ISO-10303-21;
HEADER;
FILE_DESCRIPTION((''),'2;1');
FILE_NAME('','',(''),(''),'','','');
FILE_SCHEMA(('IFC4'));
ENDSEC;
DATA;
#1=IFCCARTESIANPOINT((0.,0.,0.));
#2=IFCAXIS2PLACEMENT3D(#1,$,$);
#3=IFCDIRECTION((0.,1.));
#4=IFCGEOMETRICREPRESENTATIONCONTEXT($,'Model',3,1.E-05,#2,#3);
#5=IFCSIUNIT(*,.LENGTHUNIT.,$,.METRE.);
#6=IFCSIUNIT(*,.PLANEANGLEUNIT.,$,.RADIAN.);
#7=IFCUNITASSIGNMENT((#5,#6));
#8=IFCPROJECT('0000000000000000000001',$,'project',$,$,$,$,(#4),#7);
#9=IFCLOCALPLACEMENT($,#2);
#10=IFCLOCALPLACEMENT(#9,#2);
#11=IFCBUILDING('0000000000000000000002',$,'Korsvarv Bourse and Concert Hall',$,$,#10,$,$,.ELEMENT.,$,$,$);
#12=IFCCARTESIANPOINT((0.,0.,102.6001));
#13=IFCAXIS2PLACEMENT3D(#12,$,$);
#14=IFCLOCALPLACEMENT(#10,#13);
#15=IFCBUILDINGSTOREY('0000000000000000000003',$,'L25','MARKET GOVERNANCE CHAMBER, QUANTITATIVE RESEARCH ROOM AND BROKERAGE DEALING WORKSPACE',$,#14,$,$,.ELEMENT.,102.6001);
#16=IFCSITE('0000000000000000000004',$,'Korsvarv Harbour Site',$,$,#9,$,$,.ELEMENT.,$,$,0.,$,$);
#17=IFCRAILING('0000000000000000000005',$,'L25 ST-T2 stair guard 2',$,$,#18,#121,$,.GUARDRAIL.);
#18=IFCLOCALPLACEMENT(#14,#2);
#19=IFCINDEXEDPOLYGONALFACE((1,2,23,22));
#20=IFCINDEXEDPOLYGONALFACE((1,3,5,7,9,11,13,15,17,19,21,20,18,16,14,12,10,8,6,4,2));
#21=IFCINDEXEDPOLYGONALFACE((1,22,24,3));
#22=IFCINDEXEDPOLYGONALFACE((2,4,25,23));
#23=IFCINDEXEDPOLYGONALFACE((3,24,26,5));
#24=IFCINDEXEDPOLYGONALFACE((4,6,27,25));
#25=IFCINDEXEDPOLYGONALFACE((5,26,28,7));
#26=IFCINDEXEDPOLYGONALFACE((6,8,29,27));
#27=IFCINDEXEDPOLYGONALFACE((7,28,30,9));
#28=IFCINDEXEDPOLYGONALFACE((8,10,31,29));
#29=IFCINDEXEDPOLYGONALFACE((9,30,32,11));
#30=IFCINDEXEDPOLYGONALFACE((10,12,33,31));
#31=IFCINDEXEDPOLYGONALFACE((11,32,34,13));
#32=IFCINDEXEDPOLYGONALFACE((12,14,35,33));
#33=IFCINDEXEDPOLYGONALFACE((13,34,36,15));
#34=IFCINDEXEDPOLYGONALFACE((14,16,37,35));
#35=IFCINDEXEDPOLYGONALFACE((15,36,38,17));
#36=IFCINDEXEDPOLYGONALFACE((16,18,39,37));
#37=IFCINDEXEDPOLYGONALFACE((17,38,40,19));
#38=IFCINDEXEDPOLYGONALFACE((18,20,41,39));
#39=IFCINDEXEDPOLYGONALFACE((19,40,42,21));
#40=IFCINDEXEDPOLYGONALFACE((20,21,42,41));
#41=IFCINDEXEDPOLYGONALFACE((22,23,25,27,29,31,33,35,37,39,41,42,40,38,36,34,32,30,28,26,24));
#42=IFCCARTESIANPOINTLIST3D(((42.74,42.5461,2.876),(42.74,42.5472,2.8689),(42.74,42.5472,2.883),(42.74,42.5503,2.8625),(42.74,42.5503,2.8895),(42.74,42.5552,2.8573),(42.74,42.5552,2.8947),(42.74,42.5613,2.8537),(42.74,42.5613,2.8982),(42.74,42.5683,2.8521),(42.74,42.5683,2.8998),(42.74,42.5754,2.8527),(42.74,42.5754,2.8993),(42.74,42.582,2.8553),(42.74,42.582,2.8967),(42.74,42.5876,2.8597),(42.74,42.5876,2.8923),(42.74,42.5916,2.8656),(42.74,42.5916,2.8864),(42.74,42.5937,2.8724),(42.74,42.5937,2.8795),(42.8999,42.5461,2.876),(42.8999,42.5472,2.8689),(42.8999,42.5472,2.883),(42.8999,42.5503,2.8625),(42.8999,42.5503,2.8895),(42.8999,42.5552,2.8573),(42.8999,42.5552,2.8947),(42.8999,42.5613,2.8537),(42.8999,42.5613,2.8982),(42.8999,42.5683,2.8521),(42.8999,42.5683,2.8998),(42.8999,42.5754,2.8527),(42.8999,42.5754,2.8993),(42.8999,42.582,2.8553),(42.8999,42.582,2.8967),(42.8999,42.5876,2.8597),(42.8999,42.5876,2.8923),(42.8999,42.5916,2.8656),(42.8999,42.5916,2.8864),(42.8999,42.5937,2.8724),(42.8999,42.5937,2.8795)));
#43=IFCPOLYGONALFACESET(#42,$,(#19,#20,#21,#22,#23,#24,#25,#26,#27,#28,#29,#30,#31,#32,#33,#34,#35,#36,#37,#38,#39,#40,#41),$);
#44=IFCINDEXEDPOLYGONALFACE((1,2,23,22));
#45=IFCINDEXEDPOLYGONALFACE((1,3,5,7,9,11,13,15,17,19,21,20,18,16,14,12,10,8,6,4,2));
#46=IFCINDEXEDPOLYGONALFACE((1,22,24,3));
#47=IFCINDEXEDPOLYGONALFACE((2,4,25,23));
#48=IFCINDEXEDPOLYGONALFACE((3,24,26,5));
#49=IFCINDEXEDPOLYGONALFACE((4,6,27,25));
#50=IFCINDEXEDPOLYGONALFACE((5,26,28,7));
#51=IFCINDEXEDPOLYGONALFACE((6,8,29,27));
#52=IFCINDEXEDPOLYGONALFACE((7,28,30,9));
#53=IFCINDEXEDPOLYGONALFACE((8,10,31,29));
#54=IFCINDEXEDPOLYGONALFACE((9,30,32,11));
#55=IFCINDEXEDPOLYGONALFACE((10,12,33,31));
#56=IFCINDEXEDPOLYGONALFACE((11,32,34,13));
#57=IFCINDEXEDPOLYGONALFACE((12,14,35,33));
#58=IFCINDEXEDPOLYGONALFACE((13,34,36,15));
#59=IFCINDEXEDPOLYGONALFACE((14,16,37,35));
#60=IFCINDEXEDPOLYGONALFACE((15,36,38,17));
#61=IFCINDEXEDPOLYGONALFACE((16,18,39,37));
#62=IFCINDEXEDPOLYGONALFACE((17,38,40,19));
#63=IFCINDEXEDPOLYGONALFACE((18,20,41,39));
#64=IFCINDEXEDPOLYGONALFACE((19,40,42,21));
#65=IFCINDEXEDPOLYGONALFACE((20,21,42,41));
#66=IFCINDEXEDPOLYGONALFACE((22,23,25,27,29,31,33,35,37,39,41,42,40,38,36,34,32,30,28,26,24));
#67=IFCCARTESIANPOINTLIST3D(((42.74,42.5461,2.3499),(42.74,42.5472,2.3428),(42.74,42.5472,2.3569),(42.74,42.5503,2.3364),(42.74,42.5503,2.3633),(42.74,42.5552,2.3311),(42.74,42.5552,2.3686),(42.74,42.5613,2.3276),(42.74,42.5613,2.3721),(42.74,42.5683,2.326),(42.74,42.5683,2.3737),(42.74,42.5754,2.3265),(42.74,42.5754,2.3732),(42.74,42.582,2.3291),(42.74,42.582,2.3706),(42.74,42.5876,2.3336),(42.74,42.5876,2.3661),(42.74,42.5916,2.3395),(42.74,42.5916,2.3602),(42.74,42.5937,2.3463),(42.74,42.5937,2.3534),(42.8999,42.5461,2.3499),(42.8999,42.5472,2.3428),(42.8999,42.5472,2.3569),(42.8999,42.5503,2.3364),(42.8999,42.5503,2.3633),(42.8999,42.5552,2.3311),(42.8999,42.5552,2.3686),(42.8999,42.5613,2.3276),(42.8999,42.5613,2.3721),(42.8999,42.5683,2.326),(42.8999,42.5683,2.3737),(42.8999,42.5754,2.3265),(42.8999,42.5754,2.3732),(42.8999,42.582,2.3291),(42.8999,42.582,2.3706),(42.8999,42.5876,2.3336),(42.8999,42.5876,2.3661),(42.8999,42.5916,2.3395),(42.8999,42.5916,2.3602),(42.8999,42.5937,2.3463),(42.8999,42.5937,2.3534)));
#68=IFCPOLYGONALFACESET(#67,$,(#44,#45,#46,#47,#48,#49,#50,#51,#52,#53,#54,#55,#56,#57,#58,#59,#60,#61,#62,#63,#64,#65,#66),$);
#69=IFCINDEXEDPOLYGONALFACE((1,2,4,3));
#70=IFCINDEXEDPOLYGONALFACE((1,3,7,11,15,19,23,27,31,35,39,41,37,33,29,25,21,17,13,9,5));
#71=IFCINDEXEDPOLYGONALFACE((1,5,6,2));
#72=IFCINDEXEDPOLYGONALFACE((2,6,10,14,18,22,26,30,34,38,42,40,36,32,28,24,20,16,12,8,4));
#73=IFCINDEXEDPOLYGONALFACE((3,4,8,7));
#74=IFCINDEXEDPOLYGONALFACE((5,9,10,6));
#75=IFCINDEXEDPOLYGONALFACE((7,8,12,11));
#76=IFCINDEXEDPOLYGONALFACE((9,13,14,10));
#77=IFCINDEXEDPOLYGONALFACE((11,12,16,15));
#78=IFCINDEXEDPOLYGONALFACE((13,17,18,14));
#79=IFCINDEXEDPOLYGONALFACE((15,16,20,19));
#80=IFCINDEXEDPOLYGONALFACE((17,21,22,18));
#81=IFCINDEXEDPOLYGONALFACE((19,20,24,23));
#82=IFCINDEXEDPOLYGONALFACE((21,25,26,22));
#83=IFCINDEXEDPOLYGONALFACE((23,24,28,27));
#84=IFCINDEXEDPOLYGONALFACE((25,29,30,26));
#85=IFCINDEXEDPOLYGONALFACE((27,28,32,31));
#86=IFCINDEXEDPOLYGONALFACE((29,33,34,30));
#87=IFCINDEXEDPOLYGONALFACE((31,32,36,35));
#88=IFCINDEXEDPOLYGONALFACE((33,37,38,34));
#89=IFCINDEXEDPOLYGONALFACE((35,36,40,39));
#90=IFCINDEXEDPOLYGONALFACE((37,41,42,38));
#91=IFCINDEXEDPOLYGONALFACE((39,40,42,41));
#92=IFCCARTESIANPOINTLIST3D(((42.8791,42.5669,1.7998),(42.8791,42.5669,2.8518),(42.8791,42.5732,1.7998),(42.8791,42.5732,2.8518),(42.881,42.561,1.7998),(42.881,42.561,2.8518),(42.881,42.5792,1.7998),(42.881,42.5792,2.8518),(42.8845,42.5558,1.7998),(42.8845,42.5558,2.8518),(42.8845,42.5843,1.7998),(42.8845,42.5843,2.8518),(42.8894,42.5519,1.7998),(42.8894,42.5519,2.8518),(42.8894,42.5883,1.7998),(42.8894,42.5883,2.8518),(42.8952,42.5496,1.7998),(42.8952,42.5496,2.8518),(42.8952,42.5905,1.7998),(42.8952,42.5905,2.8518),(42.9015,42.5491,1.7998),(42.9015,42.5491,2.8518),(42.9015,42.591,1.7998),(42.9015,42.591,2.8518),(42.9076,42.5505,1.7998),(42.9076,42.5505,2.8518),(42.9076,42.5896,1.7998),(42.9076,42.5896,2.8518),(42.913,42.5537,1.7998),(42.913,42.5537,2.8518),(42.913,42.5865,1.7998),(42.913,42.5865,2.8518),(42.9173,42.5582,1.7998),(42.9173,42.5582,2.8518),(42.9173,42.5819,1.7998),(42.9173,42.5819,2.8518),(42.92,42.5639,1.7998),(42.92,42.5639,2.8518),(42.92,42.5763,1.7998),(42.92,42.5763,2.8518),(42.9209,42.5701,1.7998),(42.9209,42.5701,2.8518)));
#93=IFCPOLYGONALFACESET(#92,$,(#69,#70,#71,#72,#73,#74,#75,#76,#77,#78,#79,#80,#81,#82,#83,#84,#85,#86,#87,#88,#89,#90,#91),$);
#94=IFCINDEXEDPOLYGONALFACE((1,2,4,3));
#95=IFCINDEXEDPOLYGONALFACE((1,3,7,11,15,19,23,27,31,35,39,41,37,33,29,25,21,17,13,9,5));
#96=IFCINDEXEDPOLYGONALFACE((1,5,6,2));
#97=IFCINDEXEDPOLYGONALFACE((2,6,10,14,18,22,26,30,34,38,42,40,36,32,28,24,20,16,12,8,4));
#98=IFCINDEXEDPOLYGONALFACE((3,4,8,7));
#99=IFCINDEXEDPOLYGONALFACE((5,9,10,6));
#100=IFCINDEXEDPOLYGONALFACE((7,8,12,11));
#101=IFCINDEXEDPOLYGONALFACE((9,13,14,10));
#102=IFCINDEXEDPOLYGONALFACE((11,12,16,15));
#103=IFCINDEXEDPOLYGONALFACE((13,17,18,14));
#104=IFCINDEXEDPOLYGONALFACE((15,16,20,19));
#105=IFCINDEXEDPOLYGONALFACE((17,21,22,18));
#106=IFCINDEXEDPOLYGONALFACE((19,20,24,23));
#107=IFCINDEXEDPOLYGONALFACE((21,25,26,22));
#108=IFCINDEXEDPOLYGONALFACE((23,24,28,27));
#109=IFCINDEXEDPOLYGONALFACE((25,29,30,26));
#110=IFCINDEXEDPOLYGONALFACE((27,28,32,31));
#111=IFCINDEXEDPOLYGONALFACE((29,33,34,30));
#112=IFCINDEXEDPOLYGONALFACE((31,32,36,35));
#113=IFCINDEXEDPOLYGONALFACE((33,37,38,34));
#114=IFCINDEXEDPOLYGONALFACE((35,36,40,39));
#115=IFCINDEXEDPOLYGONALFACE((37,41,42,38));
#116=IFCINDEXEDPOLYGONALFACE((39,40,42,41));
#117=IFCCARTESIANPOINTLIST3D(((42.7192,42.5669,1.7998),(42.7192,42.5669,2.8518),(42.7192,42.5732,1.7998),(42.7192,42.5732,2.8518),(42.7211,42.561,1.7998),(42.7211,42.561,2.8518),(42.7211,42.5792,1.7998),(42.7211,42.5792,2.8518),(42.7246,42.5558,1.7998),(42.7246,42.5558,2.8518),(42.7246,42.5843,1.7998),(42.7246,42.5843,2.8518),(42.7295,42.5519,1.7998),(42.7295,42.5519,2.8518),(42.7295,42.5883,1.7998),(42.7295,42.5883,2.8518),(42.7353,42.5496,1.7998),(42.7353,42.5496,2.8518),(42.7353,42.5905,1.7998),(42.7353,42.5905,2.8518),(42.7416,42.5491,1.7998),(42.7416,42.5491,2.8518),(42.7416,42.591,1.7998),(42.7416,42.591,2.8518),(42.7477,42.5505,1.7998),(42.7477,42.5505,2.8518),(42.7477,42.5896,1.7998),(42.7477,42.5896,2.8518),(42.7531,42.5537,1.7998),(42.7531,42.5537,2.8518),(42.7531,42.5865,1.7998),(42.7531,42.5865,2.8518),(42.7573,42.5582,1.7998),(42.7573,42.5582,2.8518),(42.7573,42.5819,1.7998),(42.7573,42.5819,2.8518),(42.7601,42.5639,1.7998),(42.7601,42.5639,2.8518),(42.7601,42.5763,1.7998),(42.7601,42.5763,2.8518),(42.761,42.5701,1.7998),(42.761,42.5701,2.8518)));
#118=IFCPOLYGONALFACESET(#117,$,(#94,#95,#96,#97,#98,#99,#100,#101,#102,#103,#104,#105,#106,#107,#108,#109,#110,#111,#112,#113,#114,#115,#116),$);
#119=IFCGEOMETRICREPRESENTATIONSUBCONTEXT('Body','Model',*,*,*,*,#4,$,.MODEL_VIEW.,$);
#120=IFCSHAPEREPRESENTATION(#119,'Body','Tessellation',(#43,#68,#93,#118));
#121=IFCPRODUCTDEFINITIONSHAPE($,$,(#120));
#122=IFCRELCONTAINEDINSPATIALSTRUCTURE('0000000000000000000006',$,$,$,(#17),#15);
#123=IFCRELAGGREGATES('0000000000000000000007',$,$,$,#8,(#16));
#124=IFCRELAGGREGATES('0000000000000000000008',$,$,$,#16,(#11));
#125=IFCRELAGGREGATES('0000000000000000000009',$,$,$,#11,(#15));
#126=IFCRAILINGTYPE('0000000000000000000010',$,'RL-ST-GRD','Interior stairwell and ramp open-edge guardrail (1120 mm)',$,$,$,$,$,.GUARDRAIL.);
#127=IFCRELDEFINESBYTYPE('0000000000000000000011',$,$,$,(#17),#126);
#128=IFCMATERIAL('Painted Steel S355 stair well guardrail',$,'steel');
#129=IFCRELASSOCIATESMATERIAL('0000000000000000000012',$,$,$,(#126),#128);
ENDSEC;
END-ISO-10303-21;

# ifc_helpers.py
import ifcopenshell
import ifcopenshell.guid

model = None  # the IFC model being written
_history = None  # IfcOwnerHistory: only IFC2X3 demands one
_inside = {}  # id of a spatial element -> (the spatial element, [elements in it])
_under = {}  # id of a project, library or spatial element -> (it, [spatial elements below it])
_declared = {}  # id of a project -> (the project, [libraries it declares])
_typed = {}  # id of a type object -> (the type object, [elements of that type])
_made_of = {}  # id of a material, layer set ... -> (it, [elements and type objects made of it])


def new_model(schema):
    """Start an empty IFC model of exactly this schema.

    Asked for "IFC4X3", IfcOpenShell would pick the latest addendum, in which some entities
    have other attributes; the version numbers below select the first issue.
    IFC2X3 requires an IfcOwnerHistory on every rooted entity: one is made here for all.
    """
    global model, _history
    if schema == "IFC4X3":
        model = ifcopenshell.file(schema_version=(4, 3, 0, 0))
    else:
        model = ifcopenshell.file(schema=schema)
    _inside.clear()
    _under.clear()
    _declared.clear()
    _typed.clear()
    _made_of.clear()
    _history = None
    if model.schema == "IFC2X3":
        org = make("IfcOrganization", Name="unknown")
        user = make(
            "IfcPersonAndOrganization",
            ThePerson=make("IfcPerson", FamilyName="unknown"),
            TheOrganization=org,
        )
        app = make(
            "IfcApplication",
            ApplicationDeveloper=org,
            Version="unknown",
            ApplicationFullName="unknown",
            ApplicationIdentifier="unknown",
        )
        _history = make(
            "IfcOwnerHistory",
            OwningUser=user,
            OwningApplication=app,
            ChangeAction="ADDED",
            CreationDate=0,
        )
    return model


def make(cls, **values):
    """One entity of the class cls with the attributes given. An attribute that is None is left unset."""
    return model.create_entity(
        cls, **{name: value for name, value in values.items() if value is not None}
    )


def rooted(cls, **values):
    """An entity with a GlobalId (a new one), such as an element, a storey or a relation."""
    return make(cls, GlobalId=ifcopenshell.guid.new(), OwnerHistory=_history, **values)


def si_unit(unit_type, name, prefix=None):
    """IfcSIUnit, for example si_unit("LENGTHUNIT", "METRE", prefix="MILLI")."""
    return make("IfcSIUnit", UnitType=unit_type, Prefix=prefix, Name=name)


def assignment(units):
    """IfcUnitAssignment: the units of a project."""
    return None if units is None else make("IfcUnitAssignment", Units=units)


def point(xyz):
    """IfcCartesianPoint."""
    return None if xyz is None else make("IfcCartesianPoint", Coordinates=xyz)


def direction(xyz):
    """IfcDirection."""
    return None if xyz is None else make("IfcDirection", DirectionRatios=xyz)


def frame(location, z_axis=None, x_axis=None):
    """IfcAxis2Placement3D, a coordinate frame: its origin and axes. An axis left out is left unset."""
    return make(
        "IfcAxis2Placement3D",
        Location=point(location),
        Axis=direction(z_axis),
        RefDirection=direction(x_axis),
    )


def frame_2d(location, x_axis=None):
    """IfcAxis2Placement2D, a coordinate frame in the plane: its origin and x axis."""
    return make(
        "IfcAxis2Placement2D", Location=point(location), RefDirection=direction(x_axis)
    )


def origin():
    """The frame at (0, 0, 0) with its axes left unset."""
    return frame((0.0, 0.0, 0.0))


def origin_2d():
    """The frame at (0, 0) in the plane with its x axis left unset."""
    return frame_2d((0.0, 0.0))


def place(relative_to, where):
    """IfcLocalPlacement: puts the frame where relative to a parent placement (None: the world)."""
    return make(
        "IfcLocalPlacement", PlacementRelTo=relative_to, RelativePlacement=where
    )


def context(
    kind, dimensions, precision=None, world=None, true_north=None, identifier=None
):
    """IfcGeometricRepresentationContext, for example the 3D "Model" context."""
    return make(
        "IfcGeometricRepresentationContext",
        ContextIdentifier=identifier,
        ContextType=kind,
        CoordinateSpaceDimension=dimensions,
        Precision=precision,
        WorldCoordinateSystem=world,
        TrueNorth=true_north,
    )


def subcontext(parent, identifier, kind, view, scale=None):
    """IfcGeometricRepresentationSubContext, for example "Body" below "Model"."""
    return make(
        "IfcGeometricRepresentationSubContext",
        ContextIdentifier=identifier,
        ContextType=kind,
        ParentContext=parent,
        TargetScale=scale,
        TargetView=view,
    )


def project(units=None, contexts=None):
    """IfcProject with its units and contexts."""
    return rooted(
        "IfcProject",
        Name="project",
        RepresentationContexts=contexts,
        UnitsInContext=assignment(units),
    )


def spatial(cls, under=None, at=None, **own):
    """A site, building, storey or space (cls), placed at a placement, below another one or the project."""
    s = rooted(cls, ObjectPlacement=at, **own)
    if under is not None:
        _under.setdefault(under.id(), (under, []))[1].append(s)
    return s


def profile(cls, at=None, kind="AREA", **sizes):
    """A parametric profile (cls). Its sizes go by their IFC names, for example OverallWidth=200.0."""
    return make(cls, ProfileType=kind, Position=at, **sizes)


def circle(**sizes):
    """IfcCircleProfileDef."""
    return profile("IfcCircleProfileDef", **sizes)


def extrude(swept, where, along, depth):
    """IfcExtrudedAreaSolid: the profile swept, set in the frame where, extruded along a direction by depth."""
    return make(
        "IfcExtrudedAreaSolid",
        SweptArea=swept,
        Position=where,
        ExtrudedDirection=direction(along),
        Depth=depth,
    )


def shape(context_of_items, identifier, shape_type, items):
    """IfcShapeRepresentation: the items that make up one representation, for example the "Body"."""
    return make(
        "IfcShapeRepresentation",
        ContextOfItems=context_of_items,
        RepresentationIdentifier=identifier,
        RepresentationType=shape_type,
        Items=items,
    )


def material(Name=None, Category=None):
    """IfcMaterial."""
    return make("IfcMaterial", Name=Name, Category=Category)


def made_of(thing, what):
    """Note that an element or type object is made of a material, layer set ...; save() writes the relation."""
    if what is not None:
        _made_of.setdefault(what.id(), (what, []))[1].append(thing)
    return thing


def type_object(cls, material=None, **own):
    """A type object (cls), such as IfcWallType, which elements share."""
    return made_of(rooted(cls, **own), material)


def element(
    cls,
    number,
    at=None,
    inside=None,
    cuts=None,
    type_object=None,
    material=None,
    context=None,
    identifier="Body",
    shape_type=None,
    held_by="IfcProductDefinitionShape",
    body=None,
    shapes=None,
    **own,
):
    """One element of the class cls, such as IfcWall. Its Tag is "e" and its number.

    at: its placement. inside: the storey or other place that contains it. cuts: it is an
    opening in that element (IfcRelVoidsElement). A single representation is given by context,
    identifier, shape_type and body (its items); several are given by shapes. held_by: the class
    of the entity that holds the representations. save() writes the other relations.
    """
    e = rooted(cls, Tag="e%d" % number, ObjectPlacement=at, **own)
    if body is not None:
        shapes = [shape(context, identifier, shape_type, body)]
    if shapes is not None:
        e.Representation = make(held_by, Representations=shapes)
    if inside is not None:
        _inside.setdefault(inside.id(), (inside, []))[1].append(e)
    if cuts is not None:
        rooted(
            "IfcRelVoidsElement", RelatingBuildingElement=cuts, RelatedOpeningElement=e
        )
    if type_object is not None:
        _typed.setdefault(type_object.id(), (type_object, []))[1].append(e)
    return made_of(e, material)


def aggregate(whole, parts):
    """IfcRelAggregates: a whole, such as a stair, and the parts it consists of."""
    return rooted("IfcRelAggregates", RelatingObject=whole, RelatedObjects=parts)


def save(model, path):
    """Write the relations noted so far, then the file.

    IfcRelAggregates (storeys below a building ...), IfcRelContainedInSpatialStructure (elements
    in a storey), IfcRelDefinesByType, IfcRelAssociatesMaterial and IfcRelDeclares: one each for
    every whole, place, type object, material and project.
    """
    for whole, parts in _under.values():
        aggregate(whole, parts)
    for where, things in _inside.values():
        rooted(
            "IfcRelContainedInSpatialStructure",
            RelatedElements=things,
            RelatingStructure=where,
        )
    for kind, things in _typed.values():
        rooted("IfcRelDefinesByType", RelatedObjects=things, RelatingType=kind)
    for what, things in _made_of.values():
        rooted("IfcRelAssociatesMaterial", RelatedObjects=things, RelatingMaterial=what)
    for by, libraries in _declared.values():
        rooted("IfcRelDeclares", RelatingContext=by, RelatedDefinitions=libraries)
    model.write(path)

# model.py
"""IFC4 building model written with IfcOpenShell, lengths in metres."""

from ifc_helpers import new_model, si_unit, direction, frame, origin, origin_2d, place, context, subcontext, project, spatial, circle, extrude, material, type_object, element, save


model = new_model("IFC4")

# Units and contexts
model_context = context("Model", 3, precision=1e-05, world=origin(), true_north=direction((0.0, 1.0)))
body_context = subcontext(model_context, "Body", "Model", "MODEL_VIEW")
ifc_project = project(units=[si_unit("LENGTHUNIT", "METRE"), si_unit("PLANEANGLEUNIT", "RADIAN")], contexts=[model_context])

# Site, building, storey
site_placement = place(None, origin())
site = spatial("IfcSite", under=ifc_project, at=site_placement, Name="Korsvarv Harbour Site", CompositionType="ELEMENT", RefElevation=0.0)
building_placement = place(site_placement, origin())
building = spatial("IfcBuilding", under=site, at=building_placement, Name="Korsvarv Bourse and Concert Hall", CompositionType="ELEMENT")
storey_placement = place(building_placement, frame((0.0, 0.0, 102.6001)))
storey = spatial("IfcBuildingStorey", under=building, at=storey_placement, Name="L25", Description="MARKET GOVERNANCE CHAMBER, QUANTITATIVE RESEARCH ROOM AND BROKERAGE DEALING WORKSPACE", CompositionType="ELEMENT", Elevation=102.6001)

# Railing
ifc_material_1 = material(Name="Painted Steel S355 stair well guardrail", Category="steel")
railing_type_1 = type_object("IfcRailingType", Name="RL-ST-GRD", Description="Interior stairwell and ramp open-edge guardrail (1120 mm)", PredefinedType="GUARDRAIL", material=ifc_material_1)
for number, where, name in (
    (1, (42.8999, 42.5701, 1.7998), "L25 ST-T2 stair guard 2"),
):
    element("IfcRailing", number, at=place(storey_placement, frame(where)), inside=storey, type_object=railing_type_1, Name=name, PredefinedType="GUARDRAIL", context=body_context, shape_type="SweptSolid", body=[
        extrude(circle(Radius=0.0239, at=origin_2d()), frame((0.0, 0.0, 1.0762), z_axis=(-1.0, 0.0, 0.0), x_axis=(0.0, -1.0, 0.0)), (0.0, 0.0, 1.0), 0.1599),
        extrude(circle(Radius=0.0239, at=origin_2d()), frame((0.0, 0.0, 0.55), z_axis=(-1.0, 0.0, 0.0), x_axis=(0.0, -1.0, 0.0)), (0.0, 0.0, 1.0), 0.1599),
        extrude(circle(Radius=0.021, at=origin_2d()), origin(), (0.0, 0.0, 1.0), 1.052),
        extrude(circle(Radius=0.021, at=origin_2d()), frame((-0.1599, 0.0, 0.0)), (0.0, 0.0, 1.0), 1.052),
    ])

save(model, "model.ifc")
